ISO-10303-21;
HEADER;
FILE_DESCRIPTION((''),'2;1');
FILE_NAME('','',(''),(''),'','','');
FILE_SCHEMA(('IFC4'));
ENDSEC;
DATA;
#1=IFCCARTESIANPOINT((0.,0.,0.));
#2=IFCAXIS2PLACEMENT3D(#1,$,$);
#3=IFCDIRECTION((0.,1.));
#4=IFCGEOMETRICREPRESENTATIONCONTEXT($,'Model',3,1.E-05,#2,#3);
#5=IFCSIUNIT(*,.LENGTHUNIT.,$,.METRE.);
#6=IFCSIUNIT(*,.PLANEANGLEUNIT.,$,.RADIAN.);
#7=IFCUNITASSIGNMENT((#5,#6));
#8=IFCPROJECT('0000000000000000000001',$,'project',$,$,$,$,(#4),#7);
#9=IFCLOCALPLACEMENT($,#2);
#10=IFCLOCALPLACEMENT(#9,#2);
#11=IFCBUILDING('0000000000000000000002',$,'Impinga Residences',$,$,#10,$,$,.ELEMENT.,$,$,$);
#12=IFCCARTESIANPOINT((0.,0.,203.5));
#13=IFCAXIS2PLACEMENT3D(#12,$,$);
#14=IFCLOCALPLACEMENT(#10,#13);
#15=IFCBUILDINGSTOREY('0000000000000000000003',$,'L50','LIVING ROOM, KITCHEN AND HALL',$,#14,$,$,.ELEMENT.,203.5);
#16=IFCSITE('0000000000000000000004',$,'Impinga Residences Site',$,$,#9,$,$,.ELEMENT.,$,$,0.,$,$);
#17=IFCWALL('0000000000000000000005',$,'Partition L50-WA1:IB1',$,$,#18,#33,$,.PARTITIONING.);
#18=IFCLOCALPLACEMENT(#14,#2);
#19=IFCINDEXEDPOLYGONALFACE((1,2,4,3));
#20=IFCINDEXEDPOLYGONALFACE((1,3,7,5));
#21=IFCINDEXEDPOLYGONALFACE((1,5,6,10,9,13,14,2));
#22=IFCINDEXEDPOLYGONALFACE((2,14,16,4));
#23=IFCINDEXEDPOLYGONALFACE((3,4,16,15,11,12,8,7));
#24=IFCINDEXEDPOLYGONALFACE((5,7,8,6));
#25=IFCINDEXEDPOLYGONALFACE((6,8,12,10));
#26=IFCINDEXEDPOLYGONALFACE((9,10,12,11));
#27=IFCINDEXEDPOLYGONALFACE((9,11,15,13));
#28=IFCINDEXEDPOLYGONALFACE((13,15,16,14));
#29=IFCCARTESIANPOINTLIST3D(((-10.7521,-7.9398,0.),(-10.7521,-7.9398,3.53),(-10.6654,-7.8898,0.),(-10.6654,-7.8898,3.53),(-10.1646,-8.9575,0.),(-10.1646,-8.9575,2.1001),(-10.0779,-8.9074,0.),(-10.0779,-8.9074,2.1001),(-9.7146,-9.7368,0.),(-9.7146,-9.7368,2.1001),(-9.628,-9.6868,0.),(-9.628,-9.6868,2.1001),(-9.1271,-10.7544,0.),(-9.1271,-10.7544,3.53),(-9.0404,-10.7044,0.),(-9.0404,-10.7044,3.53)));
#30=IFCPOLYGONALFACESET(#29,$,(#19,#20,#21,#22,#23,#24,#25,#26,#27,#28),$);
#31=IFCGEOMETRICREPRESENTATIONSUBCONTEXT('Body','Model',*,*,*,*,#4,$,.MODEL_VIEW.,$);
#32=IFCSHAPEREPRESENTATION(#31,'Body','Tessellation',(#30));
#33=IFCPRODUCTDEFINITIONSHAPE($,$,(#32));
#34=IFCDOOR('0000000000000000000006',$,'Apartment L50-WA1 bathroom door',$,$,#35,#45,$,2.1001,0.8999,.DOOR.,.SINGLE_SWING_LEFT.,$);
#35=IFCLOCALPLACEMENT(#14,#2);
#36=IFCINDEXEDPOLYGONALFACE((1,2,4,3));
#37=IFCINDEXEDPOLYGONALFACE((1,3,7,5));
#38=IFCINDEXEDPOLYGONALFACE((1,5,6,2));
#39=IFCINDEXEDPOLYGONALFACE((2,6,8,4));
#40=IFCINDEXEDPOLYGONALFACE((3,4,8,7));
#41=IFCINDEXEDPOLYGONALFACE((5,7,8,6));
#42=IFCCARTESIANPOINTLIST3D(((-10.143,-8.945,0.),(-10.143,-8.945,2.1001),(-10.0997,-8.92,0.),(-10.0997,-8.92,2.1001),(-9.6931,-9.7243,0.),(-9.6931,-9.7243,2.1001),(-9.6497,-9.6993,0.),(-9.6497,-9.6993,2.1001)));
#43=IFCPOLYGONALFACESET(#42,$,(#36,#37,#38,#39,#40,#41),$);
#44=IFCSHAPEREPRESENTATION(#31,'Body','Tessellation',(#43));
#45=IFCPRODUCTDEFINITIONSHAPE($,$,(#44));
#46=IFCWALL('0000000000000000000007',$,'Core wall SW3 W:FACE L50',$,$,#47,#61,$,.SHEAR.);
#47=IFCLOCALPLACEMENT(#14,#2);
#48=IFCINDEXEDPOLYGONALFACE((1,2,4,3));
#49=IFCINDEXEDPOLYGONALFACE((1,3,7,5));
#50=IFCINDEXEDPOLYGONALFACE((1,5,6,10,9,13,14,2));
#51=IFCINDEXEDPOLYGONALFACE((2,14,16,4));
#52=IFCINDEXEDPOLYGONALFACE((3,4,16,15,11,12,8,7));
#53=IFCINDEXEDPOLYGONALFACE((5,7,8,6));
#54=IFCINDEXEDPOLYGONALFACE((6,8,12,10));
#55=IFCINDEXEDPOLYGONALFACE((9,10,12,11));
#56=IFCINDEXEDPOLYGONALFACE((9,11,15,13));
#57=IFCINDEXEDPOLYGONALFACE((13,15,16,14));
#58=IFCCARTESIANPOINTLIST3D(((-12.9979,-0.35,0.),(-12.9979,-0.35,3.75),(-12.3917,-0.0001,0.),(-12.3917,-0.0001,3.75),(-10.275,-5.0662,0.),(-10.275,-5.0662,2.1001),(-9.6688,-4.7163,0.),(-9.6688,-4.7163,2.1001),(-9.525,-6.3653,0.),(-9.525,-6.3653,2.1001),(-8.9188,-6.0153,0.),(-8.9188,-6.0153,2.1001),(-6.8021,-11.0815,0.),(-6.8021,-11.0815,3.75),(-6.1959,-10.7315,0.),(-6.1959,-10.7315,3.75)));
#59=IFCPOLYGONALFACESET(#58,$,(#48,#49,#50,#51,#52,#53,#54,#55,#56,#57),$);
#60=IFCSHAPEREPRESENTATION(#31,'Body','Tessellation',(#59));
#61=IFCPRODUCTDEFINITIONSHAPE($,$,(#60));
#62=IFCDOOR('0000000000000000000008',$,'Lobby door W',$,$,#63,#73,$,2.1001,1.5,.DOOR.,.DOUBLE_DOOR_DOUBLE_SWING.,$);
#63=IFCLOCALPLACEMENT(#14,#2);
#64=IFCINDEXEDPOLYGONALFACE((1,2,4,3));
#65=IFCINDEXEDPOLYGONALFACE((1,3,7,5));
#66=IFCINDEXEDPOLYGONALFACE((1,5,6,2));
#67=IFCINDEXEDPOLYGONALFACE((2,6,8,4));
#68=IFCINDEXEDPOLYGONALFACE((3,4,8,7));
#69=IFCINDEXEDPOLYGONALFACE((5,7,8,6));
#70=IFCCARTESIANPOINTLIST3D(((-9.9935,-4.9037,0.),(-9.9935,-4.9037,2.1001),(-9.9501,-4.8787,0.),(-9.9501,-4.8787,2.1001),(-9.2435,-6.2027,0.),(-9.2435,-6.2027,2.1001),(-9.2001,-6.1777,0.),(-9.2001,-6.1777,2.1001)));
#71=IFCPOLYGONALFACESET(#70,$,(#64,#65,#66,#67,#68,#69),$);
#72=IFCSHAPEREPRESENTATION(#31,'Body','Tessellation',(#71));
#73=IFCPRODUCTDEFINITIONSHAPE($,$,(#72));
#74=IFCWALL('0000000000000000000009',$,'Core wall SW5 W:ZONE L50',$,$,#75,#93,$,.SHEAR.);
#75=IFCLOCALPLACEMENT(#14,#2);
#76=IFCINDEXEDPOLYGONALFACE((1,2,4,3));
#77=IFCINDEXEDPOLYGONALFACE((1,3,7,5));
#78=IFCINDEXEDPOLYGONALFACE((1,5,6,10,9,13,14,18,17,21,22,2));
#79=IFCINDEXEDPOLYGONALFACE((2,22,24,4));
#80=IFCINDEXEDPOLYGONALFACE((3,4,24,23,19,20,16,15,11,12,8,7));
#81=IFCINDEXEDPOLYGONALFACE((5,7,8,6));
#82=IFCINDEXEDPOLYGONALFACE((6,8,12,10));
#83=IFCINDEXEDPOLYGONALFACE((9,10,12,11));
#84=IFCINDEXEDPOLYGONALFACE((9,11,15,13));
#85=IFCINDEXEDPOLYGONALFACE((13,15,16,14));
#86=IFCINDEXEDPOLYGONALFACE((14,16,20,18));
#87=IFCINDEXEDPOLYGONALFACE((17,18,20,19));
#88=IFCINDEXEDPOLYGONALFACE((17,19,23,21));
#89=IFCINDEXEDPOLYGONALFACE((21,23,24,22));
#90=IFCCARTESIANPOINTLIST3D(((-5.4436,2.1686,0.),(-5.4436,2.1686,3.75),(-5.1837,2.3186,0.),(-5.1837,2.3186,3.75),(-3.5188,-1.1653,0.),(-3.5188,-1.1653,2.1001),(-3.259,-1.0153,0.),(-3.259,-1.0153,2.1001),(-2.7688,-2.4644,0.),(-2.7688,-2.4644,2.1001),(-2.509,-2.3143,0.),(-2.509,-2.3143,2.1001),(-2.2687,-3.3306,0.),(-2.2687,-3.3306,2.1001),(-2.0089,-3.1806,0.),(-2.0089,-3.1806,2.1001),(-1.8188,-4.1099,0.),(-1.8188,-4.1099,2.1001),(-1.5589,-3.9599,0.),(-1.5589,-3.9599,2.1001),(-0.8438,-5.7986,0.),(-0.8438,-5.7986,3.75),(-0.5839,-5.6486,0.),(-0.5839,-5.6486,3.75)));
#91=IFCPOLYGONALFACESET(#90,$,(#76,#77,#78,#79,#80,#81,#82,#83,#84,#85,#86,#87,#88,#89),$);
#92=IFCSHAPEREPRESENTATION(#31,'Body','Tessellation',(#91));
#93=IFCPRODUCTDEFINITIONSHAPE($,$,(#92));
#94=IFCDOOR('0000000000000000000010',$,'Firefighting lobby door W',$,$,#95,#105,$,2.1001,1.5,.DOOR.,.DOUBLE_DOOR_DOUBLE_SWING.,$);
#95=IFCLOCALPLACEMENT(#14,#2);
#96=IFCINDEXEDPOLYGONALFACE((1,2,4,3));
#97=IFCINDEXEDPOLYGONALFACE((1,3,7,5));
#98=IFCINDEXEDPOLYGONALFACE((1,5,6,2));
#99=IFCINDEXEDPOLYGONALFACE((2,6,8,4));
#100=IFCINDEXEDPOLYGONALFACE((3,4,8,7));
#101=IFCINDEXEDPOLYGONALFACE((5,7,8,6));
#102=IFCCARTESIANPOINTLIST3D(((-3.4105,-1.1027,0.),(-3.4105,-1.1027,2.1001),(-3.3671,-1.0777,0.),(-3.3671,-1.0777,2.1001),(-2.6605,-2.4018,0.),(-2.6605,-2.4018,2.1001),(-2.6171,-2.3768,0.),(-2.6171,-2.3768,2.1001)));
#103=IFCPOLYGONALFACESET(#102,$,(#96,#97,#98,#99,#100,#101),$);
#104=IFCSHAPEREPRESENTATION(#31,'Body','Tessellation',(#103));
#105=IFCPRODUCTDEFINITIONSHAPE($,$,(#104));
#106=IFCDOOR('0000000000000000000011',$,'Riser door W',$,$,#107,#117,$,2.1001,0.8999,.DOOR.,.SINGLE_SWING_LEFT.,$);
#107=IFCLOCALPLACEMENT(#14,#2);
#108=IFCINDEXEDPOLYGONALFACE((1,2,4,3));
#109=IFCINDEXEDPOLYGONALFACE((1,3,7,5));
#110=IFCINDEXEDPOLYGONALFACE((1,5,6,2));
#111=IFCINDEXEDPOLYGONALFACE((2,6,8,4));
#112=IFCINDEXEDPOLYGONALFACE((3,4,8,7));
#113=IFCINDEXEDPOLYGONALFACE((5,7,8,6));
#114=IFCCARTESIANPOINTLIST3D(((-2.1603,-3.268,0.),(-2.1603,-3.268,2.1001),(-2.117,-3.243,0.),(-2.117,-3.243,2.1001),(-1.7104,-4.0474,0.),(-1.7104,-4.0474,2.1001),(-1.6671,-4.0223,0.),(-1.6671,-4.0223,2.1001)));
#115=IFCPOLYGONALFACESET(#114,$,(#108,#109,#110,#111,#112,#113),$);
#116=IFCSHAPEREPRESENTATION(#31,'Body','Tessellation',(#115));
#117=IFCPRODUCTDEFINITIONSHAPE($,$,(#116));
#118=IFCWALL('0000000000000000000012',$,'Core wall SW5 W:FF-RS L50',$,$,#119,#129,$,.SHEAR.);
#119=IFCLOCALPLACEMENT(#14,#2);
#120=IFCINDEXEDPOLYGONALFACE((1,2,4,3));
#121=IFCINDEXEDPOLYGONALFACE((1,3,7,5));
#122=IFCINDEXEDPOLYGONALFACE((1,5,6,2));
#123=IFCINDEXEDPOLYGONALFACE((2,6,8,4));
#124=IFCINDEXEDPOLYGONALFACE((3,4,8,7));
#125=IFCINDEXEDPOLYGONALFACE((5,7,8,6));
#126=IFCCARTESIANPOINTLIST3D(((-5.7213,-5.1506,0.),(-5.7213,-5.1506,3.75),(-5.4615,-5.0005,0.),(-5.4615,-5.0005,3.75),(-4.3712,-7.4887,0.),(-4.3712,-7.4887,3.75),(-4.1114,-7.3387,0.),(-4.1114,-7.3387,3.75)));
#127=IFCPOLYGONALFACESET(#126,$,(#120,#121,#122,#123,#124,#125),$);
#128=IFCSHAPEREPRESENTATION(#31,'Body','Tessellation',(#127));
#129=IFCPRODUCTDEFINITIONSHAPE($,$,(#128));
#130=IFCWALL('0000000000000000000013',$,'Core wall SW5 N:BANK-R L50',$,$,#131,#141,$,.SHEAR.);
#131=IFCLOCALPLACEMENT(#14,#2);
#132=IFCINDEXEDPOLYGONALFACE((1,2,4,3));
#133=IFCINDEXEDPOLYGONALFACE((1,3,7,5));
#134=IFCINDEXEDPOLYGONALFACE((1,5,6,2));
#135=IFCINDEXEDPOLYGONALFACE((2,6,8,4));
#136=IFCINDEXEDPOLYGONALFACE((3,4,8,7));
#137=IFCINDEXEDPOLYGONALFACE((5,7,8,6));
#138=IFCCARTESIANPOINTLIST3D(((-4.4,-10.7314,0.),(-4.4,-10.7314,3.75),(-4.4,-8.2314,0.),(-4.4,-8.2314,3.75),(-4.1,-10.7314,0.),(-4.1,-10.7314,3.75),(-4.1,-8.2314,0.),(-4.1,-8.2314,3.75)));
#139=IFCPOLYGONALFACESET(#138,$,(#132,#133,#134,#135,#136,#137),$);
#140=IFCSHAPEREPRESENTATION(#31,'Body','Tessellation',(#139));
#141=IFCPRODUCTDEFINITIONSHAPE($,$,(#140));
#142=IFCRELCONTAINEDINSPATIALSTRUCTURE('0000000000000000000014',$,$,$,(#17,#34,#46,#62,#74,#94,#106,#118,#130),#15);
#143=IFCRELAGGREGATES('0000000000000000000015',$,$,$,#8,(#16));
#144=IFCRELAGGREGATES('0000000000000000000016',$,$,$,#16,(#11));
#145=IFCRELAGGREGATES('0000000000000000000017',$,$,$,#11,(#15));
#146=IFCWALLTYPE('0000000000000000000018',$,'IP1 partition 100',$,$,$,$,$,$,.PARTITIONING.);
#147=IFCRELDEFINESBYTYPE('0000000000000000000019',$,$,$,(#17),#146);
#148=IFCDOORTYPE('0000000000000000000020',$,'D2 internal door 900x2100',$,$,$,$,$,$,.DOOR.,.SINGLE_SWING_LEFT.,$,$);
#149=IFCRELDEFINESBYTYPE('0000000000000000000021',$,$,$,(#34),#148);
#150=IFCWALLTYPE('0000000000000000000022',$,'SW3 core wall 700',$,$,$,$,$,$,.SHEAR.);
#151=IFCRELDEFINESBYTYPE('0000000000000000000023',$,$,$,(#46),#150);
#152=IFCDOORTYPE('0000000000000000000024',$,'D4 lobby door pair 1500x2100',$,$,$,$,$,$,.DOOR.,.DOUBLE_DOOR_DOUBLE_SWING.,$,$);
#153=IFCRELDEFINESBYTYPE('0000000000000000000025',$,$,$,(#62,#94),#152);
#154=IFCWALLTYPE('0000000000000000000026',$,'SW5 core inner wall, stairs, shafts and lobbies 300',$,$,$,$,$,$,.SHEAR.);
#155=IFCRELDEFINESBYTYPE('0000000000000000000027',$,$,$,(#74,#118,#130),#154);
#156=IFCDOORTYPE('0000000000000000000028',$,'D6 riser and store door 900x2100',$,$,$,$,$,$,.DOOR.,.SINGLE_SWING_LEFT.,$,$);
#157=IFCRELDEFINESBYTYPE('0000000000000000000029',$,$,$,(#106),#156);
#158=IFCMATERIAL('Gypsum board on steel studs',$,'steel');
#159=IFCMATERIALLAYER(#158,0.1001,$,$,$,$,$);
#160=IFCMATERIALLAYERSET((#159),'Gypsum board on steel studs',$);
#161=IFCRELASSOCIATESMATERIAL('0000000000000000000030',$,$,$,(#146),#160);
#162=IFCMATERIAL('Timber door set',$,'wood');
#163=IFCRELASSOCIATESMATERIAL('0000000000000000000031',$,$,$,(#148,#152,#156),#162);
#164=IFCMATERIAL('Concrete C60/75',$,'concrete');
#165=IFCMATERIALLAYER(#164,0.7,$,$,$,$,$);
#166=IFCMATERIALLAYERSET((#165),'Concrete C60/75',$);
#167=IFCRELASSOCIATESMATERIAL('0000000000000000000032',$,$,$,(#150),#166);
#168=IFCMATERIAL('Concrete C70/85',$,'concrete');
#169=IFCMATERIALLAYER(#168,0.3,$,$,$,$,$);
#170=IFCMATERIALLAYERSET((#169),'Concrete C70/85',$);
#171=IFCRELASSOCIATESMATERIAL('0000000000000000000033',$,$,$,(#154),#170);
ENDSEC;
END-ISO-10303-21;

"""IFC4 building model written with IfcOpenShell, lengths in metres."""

from ifc_helpers import new_model, si_unit, direction, frame, frame_2d, origin, place, context, subcontext, project, spatial, rectangle, extrude, material, layer, layer_set, type_object, element, fill, save


model = new_model("IFC4")

# Units and contexts
model_context = context("Model", 3, precision=1e-05, world=origin(), true_north=direction((0.0, 1.0)))
body_context = subcontext(model_context, "Body", "Model", "MODEL_VIEW")
ifc_project = project(units=[si_unit("LENGTHUNIT", "METRE"), si_unit("PLANEANGLEUNIT", "RADIAN")], contexts=[model_context])

# Site, building, storey
site_placement = place(None, origin())
site = spatial("IfcSite", under=ifc_project, at=site_placement, Name="Impinga Residences Site", CompositionType="ELEMENT", RefElevation=0.0)
building_placement = place(site_placement, origin())
building = spatial("IfcBuilding", under=site, at=building_placement, Name="Impinga Residences", CompositionType="ELEMENT")
storey_placement = place(building_placement, frame((0.0, 0.0, 203.5)))
storey = spatial("IfcBuildingStorey", under=building, at=storey_placement, Name="L50", Description="LIVING ROOM, KITCHEN AND HALL", CompositionType="ELEMENT", Elevation=203.5)

# Shared definitions
ifc_material_1 = material(Name="Concrete C60/75", Category="concrete")
ifc_material_2 = material(Name="Timber door set", Category="wood")

# Shared definitions
ifc_material_3 = material(Name="Gypsum board on steel studs", Category="steel")
ifc_layer_1 = layer(ifc_material_3, 0.1001)
ifc_layer_set_1 = layer_set([ifc_layer_1], Name="Gypsum board on steel studs")
wall_type_1 = type_object("IfcWallType", Name="IP1 partition 100", PredefinedType="PARTITIONING", material=ifc_layer_set_1)

# Shared definitions
door_type_1 = type_object("IfcDoorType", Name="D2 internal door 900x2100", OperationType="SINGLE_SWING_LEFT", PredefinedType="DOOR", material=ifc_material_2)

# Walls, openings, doors
wall_1_placement = place(storey_placement, frame((-10.7087, -7.9148, 0.0), z_axis=(0.0, 0.0, 1.0), x_axis=(0.499985, -0.866034, 0.0)))
wall_1 = element("IfcWall", 1, at=wall_1_placement, inside=storey, type_object=wall_type_1, Name="Partition L50-WA1:IB1", PredefinedType="PARTITIONING", context=body_context, shape_type="SweptSolid", body=[
    extrude(rectangle(XDim=3.25, YDim=0.1001, at=frame_2d((1.625, 0.0))), origin(), (0.0, 0.0, 1.0), 3.53),
])
opening_1_placement = place(wall_1_placement, frame((1.175, 0.0, 0.0)))
opening_1 = element("IfcOpeningElement", 2, at=opening_1_placement, cuts=wall_1, PredefinedType="OPENING", context=body_context, shape_type="SweptSolid", body=[
    extrude(rectangle(XDim=0.8999, YDim=2.1001, at=frame_2d((0.45, 1.05))), frame((0.0, 0.0601, 0.0), z_axis=(0.0, -1.0, 0.0), x_axis=(1.0, 0.0, 0.0)), (0.0, 0.0, 1.0), 0.1201),
])
door_1_placement = place(opening_1_placement, origin())
door_1 = element("IfcDoor", 3, at=door_1_placement, inside=storey, type_object=door_type_1, Name="Apartment L50-WA1 bathroom door", OperationType="SINGLE_SWING_LEFT", OverallHeight=2.1001, OverallWidth=0.8999, PredefinedType="DOOR", context=body_context, shape_type="SweptSolid", body=[
    extrude(rectangle(XDim=0.8999, YDim=2.1001, at=frame_2d((0.45, 1.05))), frame((0.0, 0.0249, 0.0), z_axis=(0.0, -1.0, 0.0), x_axis=(1.0, 0.0, 0.0)), (0.0, 0.0, 1.0), 0.05),
])
fill(opening_1, door_1)
ifc_layer_2 = layer(ifc_material_1, 0.7)
ifc_layer_set_2 = layer_set([ifc_layer_2], Name="Concrete C60/75")
wall_type_2 = type_object("IfcWallType", Name="SW3 core wall 700", PredefinedType="SHEAR", material=ifc_layer_set_2)
wall_2_placement = place(storey_placement, frame((-6.499, -10.9065, 0.0), z_axis=(0.0, 0.0, 1.0), x_axis=(-0.5, 0.866025, 0.0)))
wall_2 = element("IfcWall", 4, at=wall_2_placement, inside=storey, type_object=wall_type_2, Name="Core wall SW3 W:FACE L50", PredefinedType="SHEAR", context=body_context, shape_type="SweptSolid", body=[
    extrude(rectangle(XDim=12.3916, YDim=0.7, at=frame_2d((6.1958, 0.0))), origin(), (0.0, 0.0, 1.0), 3.75),
])
opening_2_placement = place(wall_2_placement, frame((5.4458, 0.0, 0.0)))
opening_2 = element("IfcOpeningElement", 5, at=opening_2_placement, cuts=wall_2, PredefinedType="OPENING", context=body_context, shape_type="SweptSolid", body=[
    extrude(rectangle(XDim=1.5, YDim=2.1001, at=frame_2d((0.75, 1.05))), frame((0.0, 0.3599, 0.0), z_axis=(0.0, -1.0, 0.0), x_axis=(1.0, 0.0, 0.0)), (0.0, 0.0, 1.0), 0.72),
])
door_type_2 = type_object("IfcDoorType", Name="D4 lobby door pair 1500x2100", OperationType="DOUBLE_DOOR_DOUBLE_SWING", PredefinedType="DOOR", material=ifc_material_2)
door_2_placement = place(opening_2_placement, origin())
door_2 = element("IfcDoor", 6, at=door_2_placement, inside=storey, type_object=door_type_2, Name="Lobby door W", OperationType="DOUBLE_DOOR_DOUBLE_SWING", OverallHeight=2.1001, OverallWidth=1.5, PredefinedType="DOOR", context=body_context, shape_type="SweptSolid", body=[
    extrude(rectangle(XDim=1.5, YDim=2.1001, at=frame_2d((0.75, 1.05))), frame((0.0, 0.0249, 0.0), z_axis=(0.0, -1.0, 0.0), x_axis=(1.0, 0.0, 0.0)), (0.0, 0.0, 1.0), 0.05),
])
fill(opening_2, door_2)

# Wall, openings, doors
ifc_material_4 = material(Name="Concrete C70/85", Category="concrete")
ifc_layer_3 = layer(ifc_material_4, 0.3)
ifc_layer_set_3 = layer_set([ifc_layer_3], Name="Concrete C70/85")
wall_type_3 = type_object("IfcWallType", Name="SW5 core inner wall, stairs, shafts and lobbies 300", PredefinedType="SHEAR", material=ifc_layer_set_3)
wall_3_placement = place(storey_placement, frame((-0.7139, -5.7236, 0.0), z_axis=(0.0, 0.0, 1.0), x_axis=(-0.499995, 0.866028, 0.0)))
wall_3 = element("IfcWall", 7, at=wall_3_placement, inside=storey, type_object=wall_type_3, Name="Core wall SW5 W:ZONE L50", PredefinedType="SHEAR", context=body_context, shape_type="SweptSolid", body=[
    extrude(rectangle(XDim=9.1997, YDim=0.3, at=frame_2d((4.5999, 0.0))), origin(), (0.0, 0.0, 1.0), 3.75),
])
opening_3_placement = place(wall_3_placement, frame((3.8501, 0.0, 0.0)))
opening_3 = element("IfcOpeningElement", 8, at=opening_3_placement, cuts=wall_3, PredefinedType="OPENING", context=body_context, shape_type="SweptSolid", body=[
    extrude(rectangle(XDim=1.5, YDim=2.1001, at=frame_2d((0.75, 1.05))), frame((0.0, 0.1599, 0.0), z_axis=(0.0, -1.0, 0.0), x_axis=(1.0, 0.0, 0.0)), (0.0, 0.0, 1.0), 0.3201),
])
opening_4_placement = place(wall_3_placement, frame((1.95, 0.0, 0.0)))
opening_4 = element("IfcOpeningElement", 9, at=opening_4_placement, cuts=wall_3, PredefinedType="OPENING", context=body_context, shape_type="SweptSolid", body=[
    extrude(rectangle(XDim=0.8999, YDim=2.1001, at=frame_2d((0.45, 1.05))), frame((0.0, 0.1599, 0.0), z_axis=(0.0, -1.0, 0.0), x_axis=(1.0, 0.0, 0.0)), (0.0, 0.0, 1.0), 0.3201),
])
door_3_placement = place(opening_3_placement, origin())
door_3 = element("IfcDoor", 10, at=door_3_placement, inside=storey, type_object=door_type_2, Name="Firefighting lobby door W", OperationType="DOUBLE_DOOR_DOUBLE_SWING", OverallHeight=2.1001, OverallWidth=1.5, PredefinedType="DOOR", context=body_context, shape_type="SweptSolid", body=[
    extrude(rectangle(XDim=1.5, YDim=2.1001, at=frame_2d((0.75, 1.05))), frame((0.0, 0.0249, 0.0), z_axis=(0.0, -1.0, 0.0), x_axis=(1.0, 0.0, 0.0)), (0.0, 0.0, 1.0), 0.05),
])
fill(opening_3, door_3)
door_type_3 = type_object("IfcDoorType", Name="D6 riser and store door 900x2100", OperationType="SINGLE_SWING_LEFT", PredefinedType="DOOR", material=ifc_material_2)
door_4_placement = place(opening_4_placement, origin())
door_4 = element("IfcDoor", 11, at=door_4_placement, inside=storey, type_object=door_type_3, Name="Riser door W", OperationType="SINGLE_SWING_LEFT", OverallHeight=2.1001, OverallWidth=0.8999, PredefinedType="DOOR", context=body_context, shape_type="SweptSolid", body=[
    extrude(rectangle(XDim=0.8999, YDim=2.1001, at=frame_2d((0.45, 1.05))), frame((0.0, 0.0249, 0.0), z_axis=(0.0, -1.0, 0.0), x_axis=(1.0, 0.0, 0.0)), (0.0, 0.0, 1.0), 0.05),
])
fill(opening_4, door_4)

# Walls
wall_4_placement = place(storey_placement, frame((-4.2412, -7.4138, 0.0), z_axis=(0.0, 0.0, 1.0), x_axis=(-0.500049, 0.865997, 0.0)))
element("IfcWall", 12, at=wall_4_placement, inside=storey, type_object=wall_type_3, Name="Core wall SW5 W:FF-RS L50", PredefinedType="SHEAR", context=body_context, shape_type="SweptSolid", body=[
    extrude(rectangle(XDim=2.7, YDim=0.3, at=frame_2d((1.3501, 0.0))), origin(), (0.0, 0.0, 1.0), 3.75),
])
wall_5_placement = place(storey_placement, frame((-4.25, -8.2314, 0.0), z_axis=(0.0, 0.0, 1.0), x_axis=(0.0, -1.0, 0.0)))
element("IfcWall", 13, at=wall_5_placement, inside=storey, type_object=wall_type_3, Name="Core wall SW5 N:BANK-R L50", PredefinedType="SHEAR", context=body_context, shape_type="SweptSolid", body=[
    extrude(rectangle(XDim=2.5, YDim=0.3, at=frame_2d((1.25, 0.0))), origin(), (0.0, 0.0, 1.0), 3.75),
])

save(model, "model.ifc")
